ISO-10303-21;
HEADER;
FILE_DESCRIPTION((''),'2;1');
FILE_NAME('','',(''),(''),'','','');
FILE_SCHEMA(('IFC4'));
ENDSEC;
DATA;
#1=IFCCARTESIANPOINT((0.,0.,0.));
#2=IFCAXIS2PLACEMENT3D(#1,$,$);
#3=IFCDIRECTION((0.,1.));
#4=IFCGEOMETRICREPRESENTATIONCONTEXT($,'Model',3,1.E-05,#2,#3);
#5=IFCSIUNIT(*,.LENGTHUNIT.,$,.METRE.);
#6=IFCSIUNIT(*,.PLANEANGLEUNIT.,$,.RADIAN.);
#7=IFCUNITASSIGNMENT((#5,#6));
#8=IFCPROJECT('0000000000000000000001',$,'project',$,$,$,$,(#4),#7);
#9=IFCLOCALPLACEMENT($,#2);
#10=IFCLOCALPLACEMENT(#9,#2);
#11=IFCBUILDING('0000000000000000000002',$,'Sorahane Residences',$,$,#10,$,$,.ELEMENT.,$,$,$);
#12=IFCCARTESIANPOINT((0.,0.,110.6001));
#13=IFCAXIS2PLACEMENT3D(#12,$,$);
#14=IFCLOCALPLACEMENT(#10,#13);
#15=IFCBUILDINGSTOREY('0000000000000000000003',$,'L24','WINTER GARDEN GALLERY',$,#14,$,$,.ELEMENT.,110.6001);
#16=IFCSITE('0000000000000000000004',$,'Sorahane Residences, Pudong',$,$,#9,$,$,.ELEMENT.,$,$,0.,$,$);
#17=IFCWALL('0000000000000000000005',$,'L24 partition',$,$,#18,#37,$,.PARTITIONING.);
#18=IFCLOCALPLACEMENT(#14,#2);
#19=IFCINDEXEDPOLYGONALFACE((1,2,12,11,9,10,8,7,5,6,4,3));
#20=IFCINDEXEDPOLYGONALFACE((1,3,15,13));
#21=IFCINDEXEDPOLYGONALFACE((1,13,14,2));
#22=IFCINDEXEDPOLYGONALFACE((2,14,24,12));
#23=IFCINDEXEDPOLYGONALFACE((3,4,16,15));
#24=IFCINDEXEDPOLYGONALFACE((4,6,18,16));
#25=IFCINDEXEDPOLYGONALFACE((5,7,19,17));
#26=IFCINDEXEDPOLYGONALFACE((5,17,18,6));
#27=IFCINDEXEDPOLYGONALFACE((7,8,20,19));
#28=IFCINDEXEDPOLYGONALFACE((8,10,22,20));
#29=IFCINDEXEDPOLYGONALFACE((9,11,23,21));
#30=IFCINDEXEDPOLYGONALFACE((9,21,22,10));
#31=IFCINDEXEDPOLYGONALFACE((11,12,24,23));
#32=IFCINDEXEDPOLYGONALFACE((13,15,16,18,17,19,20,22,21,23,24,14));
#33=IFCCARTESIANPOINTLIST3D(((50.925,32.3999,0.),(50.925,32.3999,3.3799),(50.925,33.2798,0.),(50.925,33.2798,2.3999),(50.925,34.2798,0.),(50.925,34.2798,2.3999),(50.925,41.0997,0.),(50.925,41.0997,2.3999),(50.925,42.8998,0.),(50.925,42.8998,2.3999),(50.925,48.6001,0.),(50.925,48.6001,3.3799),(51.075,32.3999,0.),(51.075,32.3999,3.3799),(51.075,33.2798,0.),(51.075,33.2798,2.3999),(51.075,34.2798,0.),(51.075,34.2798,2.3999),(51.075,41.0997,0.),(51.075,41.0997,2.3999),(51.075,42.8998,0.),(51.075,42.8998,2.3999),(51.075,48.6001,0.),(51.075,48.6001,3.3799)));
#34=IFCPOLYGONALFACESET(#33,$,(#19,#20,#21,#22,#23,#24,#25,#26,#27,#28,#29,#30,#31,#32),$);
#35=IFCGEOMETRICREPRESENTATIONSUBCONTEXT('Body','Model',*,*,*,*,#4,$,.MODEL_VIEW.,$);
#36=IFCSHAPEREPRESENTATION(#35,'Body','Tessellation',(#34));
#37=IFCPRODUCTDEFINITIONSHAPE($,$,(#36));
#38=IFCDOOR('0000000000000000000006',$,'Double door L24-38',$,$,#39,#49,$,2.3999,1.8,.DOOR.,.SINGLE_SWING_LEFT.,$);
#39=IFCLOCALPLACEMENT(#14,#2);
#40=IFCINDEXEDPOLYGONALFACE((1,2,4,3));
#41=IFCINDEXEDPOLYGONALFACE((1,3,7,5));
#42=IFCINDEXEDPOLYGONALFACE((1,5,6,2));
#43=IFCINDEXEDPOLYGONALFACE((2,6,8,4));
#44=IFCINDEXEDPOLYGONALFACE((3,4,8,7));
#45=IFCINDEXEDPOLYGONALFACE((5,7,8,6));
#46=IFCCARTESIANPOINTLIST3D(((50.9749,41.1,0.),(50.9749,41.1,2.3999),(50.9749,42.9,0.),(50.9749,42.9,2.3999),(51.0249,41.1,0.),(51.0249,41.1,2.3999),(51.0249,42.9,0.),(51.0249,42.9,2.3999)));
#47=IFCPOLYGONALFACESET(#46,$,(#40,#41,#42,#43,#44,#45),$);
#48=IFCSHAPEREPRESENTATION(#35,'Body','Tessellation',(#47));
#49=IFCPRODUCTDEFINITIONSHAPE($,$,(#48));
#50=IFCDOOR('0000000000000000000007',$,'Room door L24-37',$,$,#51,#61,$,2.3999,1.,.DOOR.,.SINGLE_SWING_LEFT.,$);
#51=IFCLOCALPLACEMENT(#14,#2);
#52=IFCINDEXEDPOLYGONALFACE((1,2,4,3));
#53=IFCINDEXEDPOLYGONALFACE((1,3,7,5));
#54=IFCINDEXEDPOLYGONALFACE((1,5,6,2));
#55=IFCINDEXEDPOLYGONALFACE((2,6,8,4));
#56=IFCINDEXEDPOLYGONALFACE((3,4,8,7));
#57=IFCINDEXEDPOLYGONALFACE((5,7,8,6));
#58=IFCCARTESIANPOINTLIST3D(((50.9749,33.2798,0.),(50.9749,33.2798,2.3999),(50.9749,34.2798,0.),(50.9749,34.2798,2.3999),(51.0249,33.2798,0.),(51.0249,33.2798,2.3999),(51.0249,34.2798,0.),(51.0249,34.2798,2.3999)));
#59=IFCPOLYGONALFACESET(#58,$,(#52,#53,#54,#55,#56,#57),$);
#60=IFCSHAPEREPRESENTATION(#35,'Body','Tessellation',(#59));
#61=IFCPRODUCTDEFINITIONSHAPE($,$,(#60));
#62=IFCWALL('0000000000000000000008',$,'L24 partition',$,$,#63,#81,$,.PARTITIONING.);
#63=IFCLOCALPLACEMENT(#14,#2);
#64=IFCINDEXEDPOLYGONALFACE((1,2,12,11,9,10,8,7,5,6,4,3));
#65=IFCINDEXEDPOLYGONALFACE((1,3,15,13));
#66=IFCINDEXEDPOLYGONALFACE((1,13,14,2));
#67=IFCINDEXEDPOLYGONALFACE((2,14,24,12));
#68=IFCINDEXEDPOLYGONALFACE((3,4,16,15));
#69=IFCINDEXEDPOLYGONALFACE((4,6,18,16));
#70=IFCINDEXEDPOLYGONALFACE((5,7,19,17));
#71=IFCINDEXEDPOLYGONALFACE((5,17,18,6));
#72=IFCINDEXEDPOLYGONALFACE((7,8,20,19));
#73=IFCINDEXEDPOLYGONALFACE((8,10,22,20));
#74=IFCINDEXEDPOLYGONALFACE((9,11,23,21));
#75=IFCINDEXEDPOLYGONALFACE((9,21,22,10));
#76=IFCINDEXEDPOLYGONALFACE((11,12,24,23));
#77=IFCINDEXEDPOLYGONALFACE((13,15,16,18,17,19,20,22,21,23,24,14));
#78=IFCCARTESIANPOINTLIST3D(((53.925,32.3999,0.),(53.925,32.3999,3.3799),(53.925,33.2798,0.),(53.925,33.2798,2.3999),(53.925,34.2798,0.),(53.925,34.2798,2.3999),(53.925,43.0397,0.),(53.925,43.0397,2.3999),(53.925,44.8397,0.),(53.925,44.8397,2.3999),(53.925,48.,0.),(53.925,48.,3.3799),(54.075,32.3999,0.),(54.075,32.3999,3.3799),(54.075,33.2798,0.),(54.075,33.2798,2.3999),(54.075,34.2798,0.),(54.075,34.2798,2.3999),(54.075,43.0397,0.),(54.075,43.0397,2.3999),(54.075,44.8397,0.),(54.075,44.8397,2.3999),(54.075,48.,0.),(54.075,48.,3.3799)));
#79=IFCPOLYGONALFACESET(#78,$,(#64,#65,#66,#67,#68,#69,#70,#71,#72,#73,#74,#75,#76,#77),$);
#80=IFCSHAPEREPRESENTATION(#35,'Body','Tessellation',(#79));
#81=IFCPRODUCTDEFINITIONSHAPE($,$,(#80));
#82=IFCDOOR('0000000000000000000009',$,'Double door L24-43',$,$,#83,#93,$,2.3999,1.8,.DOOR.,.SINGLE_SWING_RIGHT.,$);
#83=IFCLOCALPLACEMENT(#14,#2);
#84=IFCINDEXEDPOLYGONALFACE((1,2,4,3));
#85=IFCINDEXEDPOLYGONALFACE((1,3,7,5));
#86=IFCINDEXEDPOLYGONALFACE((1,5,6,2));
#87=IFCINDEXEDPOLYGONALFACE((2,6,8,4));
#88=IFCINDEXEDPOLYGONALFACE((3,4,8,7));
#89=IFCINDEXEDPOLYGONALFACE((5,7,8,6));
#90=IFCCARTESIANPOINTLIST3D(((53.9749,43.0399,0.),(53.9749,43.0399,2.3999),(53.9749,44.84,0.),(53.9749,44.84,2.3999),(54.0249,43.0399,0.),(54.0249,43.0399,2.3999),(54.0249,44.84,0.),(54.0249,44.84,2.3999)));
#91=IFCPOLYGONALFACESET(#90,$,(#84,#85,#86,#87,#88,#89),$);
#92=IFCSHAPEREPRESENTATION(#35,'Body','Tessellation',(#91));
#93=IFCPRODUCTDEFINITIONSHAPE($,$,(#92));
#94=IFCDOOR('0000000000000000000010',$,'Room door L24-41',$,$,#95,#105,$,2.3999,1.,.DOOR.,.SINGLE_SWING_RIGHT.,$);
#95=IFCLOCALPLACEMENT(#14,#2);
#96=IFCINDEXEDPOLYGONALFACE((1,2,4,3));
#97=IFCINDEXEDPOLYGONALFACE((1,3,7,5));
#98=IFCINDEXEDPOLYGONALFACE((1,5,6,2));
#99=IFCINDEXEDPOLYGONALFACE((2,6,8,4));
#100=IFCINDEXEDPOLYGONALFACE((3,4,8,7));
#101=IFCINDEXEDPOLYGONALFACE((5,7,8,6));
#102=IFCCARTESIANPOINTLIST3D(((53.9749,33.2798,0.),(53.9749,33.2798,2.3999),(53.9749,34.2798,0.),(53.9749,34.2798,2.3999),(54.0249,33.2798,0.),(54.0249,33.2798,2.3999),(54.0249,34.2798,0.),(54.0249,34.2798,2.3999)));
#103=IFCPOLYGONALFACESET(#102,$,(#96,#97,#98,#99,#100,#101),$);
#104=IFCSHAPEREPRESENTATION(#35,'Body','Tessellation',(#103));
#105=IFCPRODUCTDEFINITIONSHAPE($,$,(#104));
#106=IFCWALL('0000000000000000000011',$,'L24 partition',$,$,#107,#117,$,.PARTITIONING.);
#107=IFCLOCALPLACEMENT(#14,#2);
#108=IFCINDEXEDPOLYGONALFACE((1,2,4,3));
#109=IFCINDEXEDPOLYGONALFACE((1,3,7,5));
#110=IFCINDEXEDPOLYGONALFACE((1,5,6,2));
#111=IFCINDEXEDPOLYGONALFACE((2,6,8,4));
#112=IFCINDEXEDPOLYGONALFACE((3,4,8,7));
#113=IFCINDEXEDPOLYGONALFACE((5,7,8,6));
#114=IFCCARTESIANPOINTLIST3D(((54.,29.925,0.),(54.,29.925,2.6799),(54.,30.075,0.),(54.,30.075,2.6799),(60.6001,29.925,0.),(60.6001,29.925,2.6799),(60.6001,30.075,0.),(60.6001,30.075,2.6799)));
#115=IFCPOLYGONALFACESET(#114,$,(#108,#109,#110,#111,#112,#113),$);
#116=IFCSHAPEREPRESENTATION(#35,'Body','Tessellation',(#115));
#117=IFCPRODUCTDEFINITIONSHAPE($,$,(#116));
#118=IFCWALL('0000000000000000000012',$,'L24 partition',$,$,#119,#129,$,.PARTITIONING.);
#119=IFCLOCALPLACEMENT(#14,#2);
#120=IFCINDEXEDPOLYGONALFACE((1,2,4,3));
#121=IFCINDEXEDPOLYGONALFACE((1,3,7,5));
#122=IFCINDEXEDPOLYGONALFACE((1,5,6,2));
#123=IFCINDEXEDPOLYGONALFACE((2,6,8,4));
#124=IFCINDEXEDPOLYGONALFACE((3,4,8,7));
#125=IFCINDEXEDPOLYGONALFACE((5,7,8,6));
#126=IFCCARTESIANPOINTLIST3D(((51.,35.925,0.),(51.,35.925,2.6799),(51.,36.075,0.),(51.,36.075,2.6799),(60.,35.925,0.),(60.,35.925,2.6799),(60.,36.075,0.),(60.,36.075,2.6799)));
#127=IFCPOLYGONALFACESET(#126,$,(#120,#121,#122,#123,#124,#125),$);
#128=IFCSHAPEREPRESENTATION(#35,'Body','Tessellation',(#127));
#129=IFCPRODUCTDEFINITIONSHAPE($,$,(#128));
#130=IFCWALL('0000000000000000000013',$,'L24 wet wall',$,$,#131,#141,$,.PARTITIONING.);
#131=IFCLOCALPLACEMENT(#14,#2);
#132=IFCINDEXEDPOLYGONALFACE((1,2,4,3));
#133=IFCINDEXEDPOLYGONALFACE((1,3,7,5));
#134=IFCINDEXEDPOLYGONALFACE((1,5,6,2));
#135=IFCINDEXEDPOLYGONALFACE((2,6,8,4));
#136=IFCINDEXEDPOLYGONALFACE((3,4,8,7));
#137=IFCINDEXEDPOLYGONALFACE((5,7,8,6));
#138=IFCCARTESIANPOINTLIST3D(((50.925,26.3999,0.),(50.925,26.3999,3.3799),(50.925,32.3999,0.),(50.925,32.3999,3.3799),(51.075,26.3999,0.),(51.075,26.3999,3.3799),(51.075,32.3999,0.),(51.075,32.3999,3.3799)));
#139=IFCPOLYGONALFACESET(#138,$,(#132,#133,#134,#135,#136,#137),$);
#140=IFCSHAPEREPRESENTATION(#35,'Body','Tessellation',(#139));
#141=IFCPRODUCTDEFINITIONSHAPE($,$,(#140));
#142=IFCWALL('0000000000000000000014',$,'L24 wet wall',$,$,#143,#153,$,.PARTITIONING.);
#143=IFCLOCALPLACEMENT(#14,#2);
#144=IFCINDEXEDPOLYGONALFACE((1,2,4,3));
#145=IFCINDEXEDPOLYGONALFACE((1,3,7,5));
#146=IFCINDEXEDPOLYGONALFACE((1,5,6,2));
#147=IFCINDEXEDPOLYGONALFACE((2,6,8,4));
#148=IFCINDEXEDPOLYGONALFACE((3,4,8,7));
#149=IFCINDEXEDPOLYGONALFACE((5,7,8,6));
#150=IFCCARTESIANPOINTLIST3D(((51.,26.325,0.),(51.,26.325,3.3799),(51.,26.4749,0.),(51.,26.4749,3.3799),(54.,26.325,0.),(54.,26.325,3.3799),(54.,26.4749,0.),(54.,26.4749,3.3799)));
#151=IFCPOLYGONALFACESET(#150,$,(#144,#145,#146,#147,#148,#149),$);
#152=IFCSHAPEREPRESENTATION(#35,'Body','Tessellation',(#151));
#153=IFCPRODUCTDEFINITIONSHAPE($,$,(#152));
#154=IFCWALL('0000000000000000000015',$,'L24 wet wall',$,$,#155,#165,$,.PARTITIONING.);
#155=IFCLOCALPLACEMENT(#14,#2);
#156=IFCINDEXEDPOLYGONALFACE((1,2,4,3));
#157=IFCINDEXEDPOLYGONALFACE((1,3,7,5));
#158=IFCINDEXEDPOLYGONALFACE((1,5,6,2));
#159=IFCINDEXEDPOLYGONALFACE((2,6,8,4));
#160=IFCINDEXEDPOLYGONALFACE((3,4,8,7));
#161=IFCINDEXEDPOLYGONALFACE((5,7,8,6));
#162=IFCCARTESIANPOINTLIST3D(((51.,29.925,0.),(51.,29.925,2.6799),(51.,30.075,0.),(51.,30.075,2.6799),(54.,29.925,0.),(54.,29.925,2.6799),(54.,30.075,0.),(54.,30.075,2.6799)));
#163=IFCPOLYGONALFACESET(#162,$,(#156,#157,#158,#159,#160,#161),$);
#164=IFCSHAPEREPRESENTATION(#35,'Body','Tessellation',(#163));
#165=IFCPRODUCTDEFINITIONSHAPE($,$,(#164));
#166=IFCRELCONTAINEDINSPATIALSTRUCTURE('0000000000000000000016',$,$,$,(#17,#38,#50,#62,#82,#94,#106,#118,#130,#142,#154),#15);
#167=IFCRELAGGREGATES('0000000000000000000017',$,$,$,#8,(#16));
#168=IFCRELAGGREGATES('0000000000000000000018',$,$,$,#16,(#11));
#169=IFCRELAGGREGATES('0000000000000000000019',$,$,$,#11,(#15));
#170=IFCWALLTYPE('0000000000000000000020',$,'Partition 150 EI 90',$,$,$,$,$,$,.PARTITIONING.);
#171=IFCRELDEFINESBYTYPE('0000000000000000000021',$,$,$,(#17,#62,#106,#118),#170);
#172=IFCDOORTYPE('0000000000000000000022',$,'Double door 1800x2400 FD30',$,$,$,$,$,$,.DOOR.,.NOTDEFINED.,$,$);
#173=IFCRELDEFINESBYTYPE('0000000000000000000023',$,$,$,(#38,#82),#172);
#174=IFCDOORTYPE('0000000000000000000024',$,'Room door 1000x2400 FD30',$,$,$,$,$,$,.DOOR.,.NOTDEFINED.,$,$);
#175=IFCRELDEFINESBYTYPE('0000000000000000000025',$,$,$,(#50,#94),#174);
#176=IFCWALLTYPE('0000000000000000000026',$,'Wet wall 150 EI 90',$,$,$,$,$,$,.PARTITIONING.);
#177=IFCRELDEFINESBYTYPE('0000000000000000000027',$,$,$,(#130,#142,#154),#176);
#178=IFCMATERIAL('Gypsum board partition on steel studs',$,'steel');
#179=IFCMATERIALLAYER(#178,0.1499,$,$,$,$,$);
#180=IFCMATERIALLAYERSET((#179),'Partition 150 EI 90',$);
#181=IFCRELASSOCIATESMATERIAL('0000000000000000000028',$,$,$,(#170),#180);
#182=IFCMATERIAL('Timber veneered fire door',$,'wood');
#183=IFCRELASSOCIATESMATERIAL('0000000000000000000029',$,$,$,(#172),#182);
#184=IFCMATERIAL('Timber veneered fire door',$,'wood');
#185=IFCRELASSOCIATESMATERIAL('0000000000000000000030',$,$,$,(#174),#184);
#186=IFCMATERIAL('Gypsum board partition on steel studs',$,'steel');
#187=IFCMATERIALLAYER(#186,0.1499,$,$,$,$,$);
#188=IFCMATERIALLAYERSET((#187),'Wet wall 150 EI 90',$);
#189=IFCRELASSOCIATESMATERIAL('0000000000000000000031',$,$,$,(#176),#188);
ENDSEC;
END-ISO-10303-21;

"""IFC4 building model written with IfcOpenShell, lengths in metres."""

from ifc_helpers import new_model, si_unit, direction, frame, frame_2d, origin, place, context, subcontext, project, spatial, rectangle, extrude, material, layer, layer_set, type_object, element, fill, save


model = new_model("IFC4")

# Units and contexts
model_context = context("Model", 3, precision=1e-05, world=origin(), true_north=direction((0.0, 1.0)))
body_context = subcontext(model_context, "Body", "Model", "MODEL_VIEW")
ifc_project = project(units=[si_unit("LENGTHUNIT", "METRE"), si_unit("PLANEANGLEUNIT", "RADIAN")], contexts=[model_context])

# Site, building, storey
site_placement = place(None, origin())
site = spatial("IfcSite", under=ifc_project, at=site_placement, Name="Sorahane Residences, Pudong", CompositionType="ELEMENT", RefElevation=0.0)
building_placement = place(site_placement, origin())
building = spatial("IfcBuilding", under=site, at=building_placement, Name="Sorahane Residences", CompositionType="ELEMENT")
storey_placement = place(building_placement, frame((0.0, 0.0, 110.6001)))
storey = spatial("IfcBuildingStorey", under=building, at=storey_placement, Name="L24", Description="WINTER GARDEN GALLERY", CompositionType="ELEMENT", Elevation=110.6001)

# Walls, openings, doors
ifc_material_1 = material(Name="Gypsum board partition on steel studs", Category="steel")
ifc_layer_1 = layer(ifc_material_1, 0.1499)
ifc_layer_set_1 = layer_set([ifc_layer_1], Name="Partition 150 EI 90")
wall_type_1 = type_object("IfcWallType", Name="Partition 150 EI 90", PredefinedType="PARTITIONING", material=ifc_layer_set_1)
wall_1_placement = place(storey_placement, frame((51.0, 32.3999, 0.0), z_axis=(0.0, 0.0, 1.0), x_axis=(0.0, 1.0, 0.0)))
wall_1 = element("IfcWall", 1, at=wall_1_placement, inside=storey, type_object=wall_type_1, Name="L24 partition", PredefinedType="PARTITIONING", context=body_context, shape_type="SweptSolid", body=[
    extrude(rectangle(XDim=16.2002, YDim=0.1499, at=frame_2d((8.1001, 0.0))), origin(), (0.0, 0.0, 1.0), 3.3799),
])
opening_1_placement = place(wall_1_placement, frame((0.8799, 0.0, 0.0)))
opening_1 = element("IfcOpeningElement", 2, at=opening_1_placement, cuts=wall_1, PredefinedType="OPENING", context=body_context, shape_type="SweptSolid", body=[
    extrude(rectangle(XDim=1.0, YDim=2.3999, at=frame_2d((0.5, 1.2))), frame((0.0, 0.085, 0.0), z_axis=(0.0, -1.0, 0.0), x_axis=(1.0, 0.0, 0.0)), (0.0, 0.0, 1.0), 0.1699),
])
opening_2_placement = place(wall_1_placement, frame((8.7, 0.0, 0.0)))
opening_2 = element("IfcOpeningElement", 3, at=opening_2_placement, cuts=wall_1, PredefinedType="OPENING", context=body_context, shape_type="SweptSolid", body=[
    extrude(rectangle(XDim=1.8, YDim=2.3999, at=frame_2d((0.8999, 1.2))), frame((0.0, 0.085, 0.0), z_axis=(0.0, -1.0, 0.0), x_axis=(1.0, 0.0, 0.0)), (0.0, 0.0, 1.0), 0.1699),
])
ifc_material_2 = material(Name="Timber veneered fire door", Category="wood")
door_type_1 = type_object("IfcDoorType", Name="Double door 1800x2400 FD30", OperationType="NOTDEFINED", PredefinedType="DOOR", material=ifc_material_2)
door_1_placement = place(opening_2_placement, frame((1.8, 0.0, 0.0), z_axis=(0.0, 0.0, 1.0), x_axis=(-1.0, 0.0, 0.0)))
door_1 = element("IfcDoor", 4, at=door_1_placement, inside=storey, type_object=door_type_1, Name="Double door L24-38", OperationType="SINGLE_SWING_LEFT", OverallHeight=2.3999, OverallWidth=1.8, PredefinedType="DOOR", context=body_context, shape_type="SweptSolid", body=[
    extrude(rectangle(XDim=1.8, YDim=2.3999, at=frame_2d((0.8999, 1.2))), frame((0.0, 0.0249, 0.0), z_axis=(0.0, -1.0, 0.0), x_axis=(1.0, 0.0, 0.0)), (0.0, 0.0, 1.0), 0.05),
])
fill(opening_2, door_1)
ifc_material_3 = material(Name="Timber veneered fire door", Category="wood")
door_type_2 = type_object("IfcDoorType", Name="Room door 1000x2400 FD30", OperationType="NOTDEFINED", PredefinedType="DOOR", material=ifc_material_3)
door_2_placement = place(opening_1_placement, frame((1.0, 0.0, 0.0), z_axis=(0.0, 0.0, 1.0), x_axis=(-1.0, 0.0, 0.0)))
door_2 = element("IfcDoor", 5, at=door_2_placement, inside=storey, type_object=door_type_2, Name="Room door L24-37", OperationType="SINGLE_SWING_LEFT", OverallHeight=2.3999, OverallWidth=1.0, PredefinedType="DOOR", context=body_context, shape_type="SweptSolid", body=[
    extrude(rectangle(XDim=1.0, YDim=2.3999, at=frame_2d((0.5, 1.2))), frame((0.0, 0.0249, 0.0), z_axis=(0.0, -1.0, 0.0), x_axis=(1.0, 0.0, 0.0)), (0.0, 0.0, 1.0), 0.05),
])
fill(opening_1, door_2)
wall_2_placement = place(storey_placement, frame((54.0, 32.3999, 0.0), z_axis=(0.0, 0.0, 1.0), x_axis=(0.0, 1.0, 0.0)))
wall_2 = element("IfcWall", 6, at=wall_2_placement, inside=storey, type_object=wall_type_1, Name="L24 partition", PredefinedType="PARTITIONING", context=body_context, shape_type="SweptSolid", body=[
    extrude(rectangle(XDim=15.6001, YDim=0.1499, at=frame_2d((7.8, 0.0))), origin(), (0.0, 0.0, 1.0), 3.3799),
])
opening_3_placement = place(wall_2_placement, frame((0.8799, 0.0, 0.0)))
opening_3 = element("IfcOpeningElement", 7, at=opening_3_placement, cuts=wall_2, PredefinedType="OPENING", context=body_context, shape_type="SweptSolid", body=[
    extrude(rectangle(XDim=1.0, YDim=2.3999, at=frame_2d((0.5, 1.2))), frame((0.0, 0.085, 0.0), z_axis=(0.0, -1.0, 0.0), x_axis=(1.0, 0.0, 0.0)), (0.0, 0.0, 1.0), 0.1699),
])
opening_4_placement = place(wall_2_placement, frame((10.6399, 0.0, 0.0)))
opening_4 = element("IfcOpeningElement", 8, at=opening_4_placement, cuts=wall_2, PredefinedType="OPENING", context=body_context, shape_type="SweptSolid", body=[
    extrude(rectangle(XDim=1.8, YDim=2.3999, at=frame_2d((0.8999, 1.2))), frame((0.0, 0.085, 0.0), z_axis=(0.0, -1.0, 0.0), x_axis=(1.0, 0.0, 0.0)), (0.0, 0.0, 1.0), 0.1699),
])
door_3_placement = place(opening_4_placement, frame((1.8, 0.0, 0.0), z_axis=(0.0, 0.0, 1.0), x_axis=(-1.0, 0.0, 0.0)))
door_3 = element("IfcDoor", 9, at=door_3_placement, inside=storey, type_object=door_type_1, Name="Double door L24-43", OperationType="SINGLE_SWING_RIGHT", OverallHeight=2.3999, OverallWidth=1.8, PredefinedType="DOOR", context=body_context, shape_type="SweptSolid", body=[
    extrude(rectangle(XDim=1.8, YDim=2.3999, at=frame_2d((0.8999, 1.2))), frame((0.0, 0.0249, 0.0), z_axis=(0.0, -1.0, 0.0), x_axis=(1.0, 0.0, 0.0)), (0.0, 0.0, 1.0), 0.05),
])
fill(opening_4, door_3)
door_4_placement = place(opening_3_placement, frame((1.0, 0.0, 0.0), z_axis=(0.0, 0.0, 1.0), x_axis=(-1.0, 0.0, 0.0)))
door_4 = element("IfcDoor", 10, at=door_4_placement, inside=storey, type_object=door_type_2, Name="Room door L24-41", OperationType="SINGLE_SWING_RIGHT", OverallHeight=2.3999, OverallWidth=1.0, PredefinedType="DOOR", context=body_context, shape_type="SweptSolid", body=[
    extrude(rectangle(XDim=1.0, YDim=2.3999, at=frame_2d((0.5, 1.2))), frame((0.0, 0.0249, 0.0), z_axis=(0.0, -1.0, 0.0), x_axis=(1.0, 0.0, 0.0)), (0.0, 0.0, 1.0), 0.05),
])
fill(opening_3, door_4)

# Walls
wall_3_placement = place(storey_placement, frame((54.0, 30.0, 0.0), z_axis=(0.0, 0.0, 1.0), x_axis=(1.0, 0.0, 0.0)))
element("IfcWall", 11, at=wall_3_placement, inside=storey, type_object=wall_type_1, Name="L24 partition", PredefinedType="PARTITIONING", context=body_context, shape_type="SweptSolid", body=[
    extrude(rectangle(XDim=6.6001, YDim=0.1499, at=frame_2d((3.3, 0.0))), origin(), (0.0, 0.0, 1.0), 2.6799),
])
wall_4_placement = place(storey_placement, frame((51.0, 36.0, 0.0), z_axis=(0.0, 0.0, 1.0), x_axis=(1.0, 0.0, 0.0)))
element("IfcWall", 12, at=wall_4_placement, inside=storey, type_object=wall_type_1, Name="L24 partition", PredefinedType="PARTITIONING", context=body_context, shape_type="SweptSolid", body=[
    extrude(rectangle(XDim=9.0, YDim=0.1499, at=frame_2d((4.5, 0.0))), origin(), (0.0, 0.0, 1.0), 2.6799),
])
ifc_material_4 = material(Name="Gypsum board partition on steel studs", Category="steel")
ifc_layer_2 = layer(ifc_material_4, 0.1499)
ifc_layer_set_2 = layer_set([ifc_layer_2], Name="Wet wall 150 EI 90")
wall_type_2 = type_object("IfcWallType", Name="Wet wall 150 EI 90", PredefinedType="PARTITIONING", material=ifc_layer_set_2)
wall_5_placement = place(storey_placement, frame((51.0, 26.3999, 0.0), z_axis=(0.0, 0.0, 1.0), x_axis=(0.0, 1.0, 0.0)))
element("IfcWall", 13, at=wall_5_placement, inside=storey, type_object=wall_type_2, Name="L24 wet wall", PredefinedType="PARTITIONING", context=body_context, shape_type="SweptSolid", body=[
    extrude(rectangle(XDim=6.0, YDim=0.1499, at=frame_2d((3.0, 0.0))), origin(), (0.0, 0.0, 1.0), 3.3799),
])

# Walls
wall_6_placement = place(storey_placement, frame((51.0, 26.3999, 0.0), z_axis=(0.0, 0.0, 1.0), x_axis=(1.0, 0.0, 0.0)))
element("IfcWall", 14, at=wall_6_placement, inside=storey, type_object=wall_type_2, Name="L24 wet wall", PredefinedType="PARTITIONING", context=body_context, shape_type="SweptSolid", body=[
    extrude(rectangle(XDim=3.0, YDim=0.1499, at=frame_2d((1.5, 0.0))), origin(), (0.0, 0.0, 1.0), 3.3799),
])
wall_7_placement = place(storey_placement, frame((51.0, 30.0, 0.0), z_axis=(0.0, 0.0, 1.0), x_axis=(1.0, 0.0, 0.0)))
element("IfcWall", 15, at=wall_7_placement, inside=storey, type_object=wall_type_2, Name="L24 wet wall", PredefinedType="PARTITIONING", context=body_context, shape_type="SweptSolid", body=[
    extrude(rectangle(XDim=3.0, YDim=0.1499, at=frame_2d((1.5, 0.0))), origin(), (0.0, 0.0, 1.0), 2.6799),
])

save(model, "model.ifc")
